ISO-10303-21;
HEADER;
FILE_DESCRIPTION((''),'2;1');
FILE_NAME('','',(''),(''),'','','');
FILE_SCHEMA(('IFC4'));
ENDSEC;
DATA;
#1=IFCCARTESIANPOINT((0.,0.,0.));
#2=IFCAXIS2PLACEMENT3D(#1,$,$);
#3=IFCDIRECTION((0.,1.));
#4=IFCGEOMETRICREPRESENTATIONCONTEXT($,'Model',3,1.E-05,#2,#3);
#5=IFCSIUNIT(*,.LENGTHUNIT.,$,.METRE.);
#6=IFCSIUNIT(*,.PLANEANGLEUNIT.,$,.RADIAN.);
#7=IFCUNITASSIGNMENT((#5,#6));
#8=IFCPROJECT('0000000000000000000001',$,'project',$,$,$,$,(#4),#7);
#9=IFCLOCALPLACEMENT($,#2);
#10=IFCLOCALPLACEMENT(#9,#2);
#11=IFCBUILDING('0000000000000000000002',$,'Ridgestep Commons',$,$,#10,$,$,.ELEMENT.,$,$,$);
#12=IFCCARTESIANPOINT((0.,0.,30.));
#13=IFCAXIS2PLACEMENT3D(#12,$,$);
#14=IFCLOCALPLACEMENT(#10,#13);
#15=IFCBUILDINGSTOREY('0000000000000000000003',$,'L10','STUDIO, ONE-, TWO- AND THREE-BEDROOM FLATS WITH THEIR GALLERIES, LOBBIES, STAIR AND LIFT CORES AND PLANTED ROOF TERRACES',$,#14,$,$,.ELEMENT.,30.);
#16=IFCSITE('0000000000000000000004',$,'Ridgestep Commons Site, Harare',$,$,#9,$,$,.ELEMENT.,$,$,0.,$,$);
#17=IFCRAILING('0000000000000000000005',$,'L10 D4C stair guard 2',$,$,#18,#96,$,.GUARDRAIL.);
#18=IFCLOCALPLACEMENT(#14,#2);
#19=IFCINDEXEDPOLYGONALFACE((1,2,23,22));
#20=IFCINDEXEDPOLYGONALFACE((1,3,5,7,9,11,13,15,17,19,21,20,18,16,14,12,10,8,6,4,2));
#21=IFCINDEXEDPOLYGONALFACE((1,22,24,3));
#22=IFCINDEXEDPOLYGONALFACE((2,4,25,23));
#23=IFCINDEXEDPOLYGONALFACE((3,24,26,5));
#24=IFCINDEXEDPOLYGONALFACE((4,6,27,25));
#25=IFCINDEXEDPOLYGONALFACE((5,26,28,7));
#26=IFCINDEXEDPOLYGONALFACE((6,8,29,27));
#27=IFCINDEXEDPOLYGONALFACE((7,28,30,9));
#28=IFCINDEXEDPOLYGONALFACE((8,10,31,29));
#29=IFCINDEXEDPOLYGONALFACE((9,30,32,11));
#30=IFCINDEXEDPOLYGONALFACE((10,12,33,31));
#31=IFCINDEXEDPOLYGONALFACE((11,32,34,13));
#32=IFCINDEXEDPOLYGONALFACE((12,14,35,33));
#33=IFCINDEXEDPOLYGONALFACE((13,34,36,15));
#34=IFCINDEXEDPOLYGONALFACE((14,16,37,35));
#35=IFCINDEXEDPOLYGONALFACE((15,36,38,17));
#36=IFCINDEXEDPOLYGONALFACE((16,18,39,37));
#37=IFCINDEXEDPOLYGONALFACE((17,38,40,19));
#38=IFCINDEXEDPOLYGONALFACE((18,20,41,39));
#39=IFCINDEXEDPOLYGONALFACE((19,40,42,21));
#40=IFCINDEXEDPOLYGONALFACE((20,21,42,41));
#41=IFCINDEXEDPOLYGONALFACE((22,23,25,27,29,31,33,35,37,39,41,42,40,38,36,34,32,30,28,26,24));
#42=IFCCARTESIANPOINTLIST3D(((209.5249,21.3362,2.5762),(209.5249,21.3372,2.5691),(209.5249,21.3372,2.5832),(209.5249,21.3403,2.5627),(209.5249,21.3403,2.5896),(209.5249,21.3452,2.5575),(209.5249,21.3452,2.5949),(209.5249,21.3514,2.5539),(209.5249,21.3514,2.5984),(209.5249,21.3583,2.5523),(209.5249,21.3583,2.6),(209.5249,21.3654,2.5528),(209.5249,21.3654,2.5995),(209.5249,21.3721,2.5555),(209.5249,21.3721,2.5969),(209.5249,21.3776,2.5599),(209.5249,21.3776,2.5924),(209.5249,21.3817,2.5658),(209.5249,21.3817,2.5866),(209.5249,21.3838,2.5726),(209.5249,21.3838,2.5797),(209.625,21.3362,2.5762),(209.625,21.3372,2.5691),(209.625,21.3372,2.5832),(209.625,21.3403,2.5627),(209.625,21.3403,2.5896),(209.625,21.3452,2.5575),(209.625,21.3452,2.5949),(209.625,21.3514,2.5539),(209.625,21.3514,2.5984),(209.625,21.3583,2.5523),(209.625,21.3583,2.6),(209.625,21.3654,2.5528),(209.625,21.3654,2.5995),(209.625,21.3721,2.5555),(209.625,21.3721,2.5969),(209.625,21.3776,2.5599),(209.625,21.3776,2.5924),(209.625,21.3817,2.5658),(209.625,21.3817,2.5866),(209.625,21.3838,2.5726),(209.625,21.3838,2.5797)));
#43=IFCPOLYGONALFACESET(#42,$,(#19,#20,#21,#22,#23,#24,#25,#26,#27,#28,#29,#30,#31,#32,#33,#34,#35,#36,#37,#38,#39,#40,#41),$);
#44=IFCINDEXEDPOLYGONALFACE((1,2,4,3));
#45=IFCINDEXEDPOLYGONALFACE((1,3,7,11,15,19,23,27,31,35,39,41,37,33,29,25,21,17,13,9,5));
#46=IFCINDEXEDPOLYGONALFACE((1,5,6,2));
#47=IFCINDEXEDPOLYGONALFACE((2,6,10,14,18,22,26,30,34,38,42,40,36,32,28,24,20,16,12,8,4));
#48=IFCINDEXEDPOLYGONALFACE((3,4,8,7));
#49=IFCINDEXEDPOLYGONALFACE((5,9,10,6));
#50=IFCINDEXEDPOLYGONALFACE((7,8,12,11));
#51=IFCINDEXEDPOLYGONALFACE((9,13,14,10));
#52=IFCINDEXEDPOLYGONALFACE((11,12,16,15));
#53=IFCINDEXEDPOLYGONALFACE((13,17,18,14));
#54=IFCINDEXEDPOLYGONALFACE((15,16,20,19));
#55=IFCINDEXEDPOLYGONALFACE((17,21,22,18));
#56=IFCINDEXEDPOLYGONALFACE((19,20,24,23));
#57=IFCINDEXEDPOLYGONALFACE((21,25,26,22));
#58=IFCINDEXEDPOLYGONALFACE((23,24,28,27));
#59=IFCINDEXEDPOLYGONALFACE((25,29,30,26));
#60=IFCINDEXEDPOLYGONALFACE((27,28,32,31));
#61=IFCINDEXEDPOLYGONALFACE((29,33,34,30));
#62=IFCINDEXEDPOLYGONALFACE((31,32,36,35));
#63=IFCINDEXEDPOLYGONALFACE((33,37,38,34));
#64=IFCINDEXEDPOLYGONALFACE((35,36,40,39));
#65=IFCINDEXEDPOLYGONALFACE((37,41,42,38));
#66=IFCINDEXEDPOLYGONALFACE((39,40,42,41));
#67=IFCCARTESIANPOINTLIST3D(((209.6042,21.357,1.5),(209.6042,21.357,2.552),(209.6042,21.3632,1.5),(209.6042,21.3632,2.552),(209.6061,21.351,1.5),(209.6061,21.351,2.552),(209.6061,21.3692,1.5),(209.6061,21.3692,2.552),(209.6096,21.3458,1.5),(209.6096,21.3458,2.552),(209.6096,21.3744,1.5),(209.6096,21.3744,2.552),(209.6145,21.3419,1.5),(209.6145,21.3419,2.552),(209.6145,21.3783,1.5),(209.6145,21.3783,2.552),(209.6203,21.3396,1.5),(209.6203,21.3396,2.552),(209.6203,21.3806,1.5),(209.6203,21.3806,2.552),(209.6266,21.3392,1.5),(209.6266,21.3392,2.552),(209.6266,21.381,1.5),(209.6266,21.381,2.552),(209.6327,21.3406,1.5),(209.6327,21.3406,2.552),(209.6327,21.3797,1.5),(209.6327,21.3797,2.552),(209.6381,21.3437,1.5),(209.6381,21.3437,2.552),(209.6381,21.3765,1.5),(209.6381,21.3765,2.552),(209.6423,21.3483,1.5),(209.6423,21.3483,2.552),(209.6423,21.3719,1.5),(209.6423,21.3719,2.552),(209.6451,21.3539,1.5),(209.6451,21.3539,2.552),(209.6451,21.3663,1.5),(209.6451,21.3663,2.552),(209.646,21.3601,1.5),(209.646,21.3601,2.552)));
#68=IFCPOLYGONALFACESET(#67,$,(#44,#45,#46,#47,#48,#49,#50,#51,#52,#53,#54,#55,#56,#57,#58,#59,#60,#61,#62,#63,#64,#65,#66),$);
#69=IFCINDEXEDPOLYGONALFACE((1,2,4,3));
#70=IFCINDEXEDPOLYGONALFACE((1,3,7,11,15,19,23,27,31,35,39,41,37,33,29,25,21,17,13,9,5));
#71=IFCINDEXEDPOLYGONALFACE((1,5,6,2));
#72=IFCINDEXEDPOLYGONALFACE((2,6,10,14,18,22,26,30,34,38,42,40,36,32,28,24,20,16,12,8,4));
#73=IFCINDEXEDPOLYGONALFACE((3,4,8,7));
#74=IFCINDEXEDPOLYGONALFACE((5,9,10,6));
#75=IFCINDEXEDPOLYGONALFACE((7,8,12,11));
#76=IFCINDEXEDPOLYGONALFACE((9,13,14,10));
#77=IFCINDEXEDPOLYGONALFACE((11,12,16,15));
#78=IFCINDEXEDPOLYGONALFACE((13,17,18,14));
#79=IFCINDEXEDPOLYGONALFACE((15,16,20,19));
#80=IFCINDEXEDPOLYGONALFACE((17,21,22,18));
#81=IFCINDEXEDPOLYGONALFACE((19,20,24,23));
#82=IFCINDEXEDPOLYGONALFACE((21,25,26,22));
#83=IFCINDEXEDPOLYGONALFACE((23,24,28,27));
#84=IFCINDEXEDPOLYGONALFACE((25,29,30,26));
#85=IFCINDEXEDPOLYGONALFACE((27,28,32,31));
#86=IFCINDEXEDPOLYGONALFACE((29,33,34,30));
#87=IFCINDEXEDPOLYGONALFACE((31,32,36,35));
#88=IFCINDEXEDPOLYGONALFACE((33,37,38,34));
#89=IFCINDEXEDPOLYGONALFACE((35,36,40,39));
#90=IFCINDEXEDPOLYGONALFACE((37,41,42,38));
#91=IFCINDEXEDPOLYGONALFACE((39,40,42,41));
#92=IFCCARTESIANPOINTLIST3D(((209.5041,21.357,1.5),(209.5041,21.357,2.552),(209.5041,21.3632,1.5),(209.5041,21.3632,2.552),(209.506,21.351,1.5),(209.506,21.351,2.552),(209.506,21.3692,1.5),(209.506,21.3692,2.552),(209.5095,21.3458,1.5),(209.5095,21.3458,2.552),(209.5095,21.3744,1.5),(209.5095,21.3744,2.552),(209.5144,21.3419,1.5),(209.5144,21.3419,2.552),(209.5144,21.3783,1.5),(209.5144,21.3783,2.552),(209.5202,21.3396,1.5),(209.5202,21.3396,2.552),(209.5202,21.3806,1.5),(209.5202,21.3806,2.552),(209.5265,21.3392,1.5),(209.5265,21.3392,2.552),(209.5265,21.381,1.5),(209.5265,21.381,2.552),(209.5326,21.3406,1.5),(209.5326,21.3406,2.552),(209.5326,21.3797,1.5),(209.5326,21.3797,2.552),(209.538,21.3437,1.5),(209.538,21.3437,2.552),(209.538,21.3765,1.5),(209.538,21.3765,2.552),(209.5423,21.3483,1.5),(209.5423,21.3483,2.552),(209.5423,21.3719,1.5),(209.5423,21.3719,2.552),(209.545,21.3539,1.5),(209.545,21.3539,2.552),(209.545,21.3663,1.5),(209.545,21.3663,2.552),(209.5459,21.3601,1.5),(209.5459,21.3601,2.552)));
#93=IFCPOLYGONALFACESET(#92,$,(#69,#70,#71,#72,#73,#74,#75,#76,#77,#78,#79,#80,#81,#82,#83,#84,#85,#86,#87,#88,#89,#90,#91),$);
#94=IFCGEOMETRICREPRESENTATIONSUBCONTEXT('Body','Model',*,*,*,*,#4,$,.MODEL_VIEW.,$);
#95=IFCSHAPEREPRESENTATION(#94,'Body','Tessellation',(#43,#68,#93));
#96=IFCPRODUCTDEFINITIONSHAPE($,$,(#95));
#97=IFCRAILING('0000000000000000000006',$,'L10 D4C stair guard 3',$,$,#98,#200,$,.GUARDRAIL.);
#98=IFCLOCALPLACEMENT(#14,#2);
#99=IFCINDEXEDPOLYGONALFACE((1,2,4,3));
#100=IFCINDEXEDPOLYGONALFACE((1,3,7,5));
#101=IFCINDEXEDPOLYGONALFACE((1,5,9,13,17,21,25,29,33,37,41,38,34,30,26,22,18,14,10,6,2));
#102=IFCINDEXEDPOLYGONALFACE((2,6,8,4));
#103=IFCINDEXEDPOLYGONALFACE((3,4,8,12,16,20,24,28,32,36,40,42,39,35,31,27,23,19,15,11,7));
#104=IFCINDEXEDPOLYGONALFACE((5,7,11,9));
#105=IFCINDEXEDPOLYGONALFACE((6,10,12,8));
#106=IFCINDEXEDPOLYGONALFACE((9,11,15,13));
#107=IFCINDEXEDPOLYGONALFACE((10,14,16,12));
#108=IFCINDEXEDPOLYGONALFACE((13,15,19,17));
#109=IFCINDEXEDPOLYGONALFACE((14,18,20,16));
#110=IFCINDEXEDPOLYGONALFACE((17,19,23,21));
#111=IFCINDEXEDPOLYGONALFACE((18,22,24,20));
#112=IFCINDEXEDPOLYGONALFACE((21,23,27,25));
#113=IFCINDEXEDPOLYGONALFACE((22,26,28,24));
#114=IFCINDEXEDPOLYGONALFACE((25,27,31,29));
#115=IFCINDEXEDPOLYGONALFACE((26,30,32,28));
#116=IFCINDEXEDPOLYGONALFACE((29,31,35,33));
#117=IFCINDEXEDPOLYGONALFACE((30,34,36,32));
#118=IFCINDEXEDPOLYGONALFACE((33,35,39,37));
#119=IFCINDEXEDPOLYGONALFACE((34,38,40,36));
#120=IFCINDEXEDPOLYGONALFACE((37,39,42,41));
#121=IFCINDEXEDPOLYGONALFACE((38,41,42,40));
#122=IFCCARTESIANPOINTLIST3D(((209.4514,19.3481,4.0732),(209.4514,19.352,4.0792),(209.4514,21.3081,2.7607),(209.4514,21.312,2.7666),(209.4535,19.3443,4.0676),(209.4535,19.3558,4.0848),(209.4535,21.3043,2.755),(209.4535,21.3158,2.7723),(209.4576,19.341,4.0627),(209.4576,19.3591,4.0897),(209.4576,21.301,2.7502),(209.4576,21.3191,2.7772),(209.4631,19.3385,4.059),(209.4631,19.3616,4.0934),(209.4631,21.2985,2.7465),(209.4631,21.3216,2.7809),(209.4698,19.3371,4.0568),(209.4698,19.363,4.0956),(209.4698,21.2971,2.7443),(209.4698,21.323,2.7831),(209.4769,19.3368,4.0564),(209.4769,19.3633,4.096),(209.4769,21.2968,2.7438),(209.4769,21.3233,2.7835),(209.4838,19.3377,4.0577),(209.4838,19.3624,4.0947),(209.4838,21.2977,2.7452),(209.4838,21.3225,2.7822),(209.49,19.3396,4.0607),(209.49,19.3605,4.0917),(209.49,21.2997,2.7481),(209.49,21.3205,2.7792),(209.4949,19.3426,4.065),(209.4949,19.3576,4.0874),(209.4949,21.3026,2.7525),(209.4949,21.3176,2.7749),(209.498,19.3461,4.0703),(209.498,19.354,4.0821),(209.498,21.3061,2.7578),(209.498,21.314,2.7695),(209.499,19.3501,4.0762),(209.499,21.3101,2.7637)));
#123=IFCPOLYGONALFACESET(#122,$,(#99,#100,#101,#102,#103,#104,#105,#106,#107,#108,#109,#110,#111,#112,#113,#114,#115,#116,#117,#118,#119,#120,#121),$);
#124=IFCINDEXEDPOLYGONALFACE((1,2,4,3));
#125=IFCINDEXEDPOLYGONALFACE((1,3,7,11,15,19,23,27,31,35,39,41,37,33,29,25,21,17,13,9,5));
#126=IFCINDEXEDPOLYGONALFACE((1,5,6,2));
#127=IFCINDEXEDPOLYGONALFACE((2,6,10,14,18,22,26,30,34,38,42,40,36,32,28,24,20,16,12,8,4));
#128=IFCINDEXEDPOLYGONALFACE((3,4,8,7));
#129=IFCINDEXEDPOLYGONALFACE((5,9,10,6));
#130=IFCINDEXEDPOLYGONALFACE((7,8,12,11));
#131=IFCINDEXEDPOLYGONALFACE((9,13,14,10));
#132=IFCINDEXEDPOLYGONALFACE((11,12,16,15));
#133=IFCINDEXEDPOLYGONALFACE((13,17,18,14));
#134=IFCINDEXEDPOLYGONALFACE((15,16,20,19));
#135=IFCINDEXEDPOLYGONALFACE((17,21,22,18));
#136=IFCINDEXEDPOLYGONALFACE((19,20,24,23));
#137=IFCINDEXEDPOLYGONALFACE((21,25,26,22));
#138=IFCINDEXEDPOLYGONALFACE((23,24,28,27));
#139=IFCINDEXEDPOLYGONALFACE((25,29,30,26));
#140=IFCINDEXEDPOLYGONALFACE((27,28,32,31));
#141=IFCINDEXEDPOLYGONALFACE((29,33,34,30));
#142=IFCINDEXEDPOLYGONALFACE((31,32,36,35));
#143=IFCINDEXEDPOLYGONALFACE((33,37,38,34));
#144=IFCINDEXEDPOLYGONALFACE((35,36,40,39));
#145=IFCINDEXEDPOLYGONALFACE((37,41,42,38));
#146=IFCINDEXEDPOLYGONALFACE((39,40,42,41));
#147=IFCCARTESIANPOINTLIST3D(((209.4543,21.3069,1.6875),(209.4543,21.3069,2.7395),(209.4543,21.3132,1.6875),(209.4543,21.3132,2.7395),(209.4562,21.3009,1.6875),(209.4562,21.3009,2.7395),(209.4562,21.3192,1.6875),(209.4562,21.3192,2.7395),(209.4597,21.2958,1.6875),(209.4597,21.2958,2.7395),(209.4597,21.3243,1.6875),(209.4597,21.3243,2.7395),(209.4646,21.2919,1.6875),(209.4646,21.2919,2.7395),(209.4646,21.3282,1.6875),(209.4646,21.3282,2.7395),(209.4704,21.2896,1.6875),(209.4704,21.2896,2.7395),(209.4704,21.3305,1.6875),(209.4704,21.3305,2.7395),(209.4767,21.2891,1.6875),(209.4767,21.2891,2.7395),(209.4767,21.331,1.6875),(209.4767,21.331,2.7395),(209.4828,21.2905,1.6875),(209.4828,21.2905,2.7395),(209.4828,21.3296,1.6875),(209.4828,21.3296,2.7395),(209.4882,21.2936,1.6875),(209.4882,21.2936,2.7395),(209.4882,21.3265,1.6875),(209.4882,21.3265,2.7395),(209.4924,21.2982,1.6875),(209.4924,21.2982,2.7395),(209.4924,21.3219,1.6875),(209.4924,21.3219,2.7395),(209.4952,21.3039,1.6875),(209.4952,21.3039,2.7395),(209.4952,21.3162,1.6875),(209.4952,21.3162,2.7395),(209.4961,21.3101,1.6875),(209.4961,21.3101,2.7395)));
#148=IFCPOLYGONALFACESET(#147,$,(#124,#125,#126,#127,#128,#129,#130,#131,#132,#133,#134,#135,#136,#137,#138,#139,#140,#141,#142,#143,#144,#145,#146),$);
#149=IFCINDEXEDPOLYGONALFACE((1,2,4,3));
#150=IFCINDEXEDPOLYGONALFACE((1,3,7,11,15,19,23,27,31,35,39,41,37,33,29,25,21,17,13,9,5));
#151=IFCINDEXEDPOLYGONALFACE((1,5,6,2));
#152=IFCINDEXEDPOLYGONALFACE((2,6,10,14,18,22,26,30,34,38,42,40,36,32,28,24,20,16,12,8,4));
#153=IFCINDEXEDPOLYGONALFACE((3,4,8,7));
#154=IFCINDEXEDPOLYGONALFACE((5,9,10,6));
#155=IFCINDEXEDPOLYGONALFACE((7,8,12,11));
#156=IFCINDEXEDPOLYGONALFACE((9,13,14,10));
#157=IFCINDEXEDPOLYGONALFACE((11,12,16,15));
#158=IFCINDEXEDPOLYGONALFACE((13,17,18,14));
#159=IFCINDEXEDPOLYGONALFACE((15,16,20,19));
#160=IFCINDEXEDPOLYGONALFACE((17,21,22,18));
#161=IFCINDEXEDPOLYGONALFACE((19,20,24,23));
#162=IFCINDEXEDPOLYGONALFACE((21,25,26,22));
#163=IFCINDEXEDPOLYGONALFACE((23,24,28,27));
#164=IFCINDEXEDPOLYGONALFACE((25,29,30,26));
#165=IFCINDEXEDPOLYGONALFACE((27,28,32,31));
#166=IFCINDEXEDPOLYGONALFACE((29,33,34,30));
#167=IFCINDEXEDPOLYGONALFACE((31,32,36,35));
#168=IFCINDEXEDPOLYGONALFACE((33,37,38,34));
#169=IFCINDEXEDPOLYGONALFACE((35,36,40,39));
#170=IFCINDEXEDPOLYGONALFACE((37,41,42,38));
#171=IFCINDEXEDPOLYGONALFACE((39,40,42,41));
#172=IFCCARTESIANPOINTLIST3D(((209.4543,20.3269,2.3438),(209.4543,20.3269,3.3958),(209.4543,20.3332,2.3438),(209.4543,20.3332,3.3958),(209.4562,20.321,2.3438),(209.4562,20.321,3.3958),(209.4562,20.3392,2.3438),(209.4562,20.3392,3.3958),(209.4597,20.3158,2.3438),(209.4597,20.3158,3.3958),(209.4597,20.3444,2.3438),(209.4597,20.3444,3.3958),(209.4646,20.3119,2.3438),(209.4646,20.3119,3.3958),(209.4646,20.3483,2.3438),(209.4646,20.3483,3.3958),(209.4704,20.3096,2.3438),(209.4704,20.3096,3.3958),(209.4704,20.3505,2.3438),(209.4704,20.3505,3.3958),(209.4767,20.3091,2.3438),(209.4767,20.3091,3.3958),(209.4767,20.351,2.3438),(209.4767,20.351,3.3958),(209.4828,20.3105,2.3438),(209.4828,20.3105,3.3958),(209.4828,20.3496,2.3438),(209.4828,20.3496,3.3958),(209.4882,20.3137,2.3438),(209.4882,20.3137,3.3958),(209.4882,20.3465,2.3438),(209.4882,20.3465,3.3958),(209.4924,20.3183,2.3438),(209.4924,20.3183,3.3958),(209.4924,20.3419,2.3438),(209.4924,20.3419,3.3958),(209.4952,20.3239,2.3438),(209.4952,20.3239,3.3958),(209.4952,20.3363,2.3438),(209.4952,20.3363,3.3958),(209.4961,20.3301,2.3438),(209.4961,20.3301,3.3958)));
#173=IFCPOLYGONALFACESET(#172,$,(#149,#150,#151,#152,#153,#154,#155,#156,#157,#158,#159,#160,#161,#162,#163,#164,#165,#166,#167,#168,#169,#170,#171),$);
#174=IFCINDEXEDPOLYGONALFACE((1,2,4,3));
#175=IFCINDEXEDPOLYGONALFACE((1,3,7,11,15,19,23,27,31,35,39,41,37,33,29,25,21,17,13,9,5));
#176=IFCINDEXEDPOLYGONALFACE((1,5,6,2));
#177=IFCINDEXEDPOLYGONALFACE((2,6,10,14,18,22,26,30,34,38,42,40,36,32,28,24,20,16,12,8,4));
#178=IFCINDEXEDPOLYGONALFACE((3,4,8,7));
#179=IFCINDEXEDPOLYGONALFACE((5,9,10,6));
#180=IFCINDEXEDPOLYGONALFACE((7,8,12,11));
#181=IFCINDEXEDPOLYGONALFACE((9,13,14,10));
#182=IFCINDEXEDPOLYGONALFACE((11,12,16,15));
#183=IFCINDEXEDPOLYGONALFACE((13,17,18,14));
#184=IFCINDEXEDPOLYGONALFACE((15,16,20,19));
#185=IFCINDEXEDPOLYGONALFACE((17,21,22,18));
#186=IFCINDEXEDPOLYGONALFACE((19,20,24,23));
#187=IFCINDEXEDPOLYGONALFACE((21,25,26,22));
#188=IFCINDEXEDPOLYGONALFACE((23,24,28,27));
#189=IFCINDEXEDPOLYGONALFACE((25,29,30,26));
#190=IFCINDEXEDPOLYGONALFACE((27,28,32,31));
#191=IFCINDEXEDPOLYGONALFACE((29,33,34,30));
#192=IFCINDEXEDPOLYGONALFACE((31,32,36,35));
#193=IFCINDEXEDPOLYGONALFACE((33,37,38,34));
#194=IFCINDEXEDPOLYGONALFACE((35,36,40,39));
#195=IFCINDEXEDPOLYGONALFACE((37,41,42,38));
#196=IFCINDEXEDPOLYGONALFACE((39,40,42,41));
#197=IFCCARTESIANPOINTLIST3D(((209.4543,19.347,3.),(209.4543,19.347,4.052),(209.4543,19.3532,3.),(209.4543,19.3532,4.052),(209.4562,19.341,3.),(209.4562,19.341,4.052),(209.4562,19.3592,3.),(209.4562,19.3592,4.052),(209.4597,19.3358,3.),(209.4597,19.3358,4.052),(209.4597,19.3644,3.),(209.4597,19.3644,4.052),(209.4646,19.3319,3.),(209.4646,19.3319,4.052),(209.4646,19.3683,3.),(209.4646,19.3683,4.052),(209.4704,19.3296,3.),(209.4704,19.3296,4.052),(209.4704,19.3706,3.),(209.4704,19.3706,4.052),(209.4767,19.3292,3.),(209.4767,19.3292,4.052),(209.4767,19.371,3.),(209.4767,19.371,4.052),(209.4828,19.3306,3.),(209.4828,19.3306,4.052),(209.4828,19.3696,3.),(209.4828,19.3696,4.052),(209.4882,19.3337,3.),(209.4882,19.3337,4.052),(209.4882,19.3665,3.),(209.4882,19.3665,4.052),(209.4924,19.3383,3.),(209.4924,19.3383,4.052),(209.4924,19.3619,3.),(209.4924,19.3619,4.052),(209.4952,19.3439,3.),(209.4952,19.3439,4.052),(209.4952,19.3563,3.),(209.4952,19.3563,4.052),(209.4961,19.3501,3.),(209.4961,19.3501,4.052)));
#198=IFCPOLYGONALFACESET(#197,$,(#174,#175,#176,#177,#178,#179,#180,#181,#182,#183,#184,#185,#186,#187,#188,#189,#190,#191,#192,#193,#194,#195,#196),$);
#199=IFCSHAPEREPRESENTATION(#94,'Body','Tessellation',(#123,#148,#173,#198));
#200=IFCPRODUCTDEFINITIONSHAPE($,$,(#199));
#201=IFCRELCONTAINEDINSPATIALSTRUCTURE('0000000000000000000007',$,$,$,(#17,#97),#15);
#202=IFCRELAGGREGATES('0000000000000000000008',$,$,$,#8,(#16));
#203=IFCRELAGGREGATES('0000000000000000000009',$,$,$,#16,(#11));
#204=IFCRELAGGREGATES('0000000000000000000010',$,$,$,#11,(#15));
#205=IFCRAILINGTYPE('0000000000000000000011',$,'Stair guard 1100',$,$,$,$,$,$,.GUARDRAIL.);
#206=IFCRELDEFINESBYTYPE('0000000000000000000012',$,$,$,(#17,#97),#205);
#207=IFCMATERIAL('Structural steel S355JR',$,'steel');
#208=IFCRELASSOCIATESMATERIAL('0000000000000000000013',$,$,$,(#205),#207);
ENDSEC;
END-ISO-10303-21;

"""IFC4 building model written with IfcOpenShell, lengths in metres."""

from ifc_helpers import new_model, si_unit, direction, frame, origin, origin_2d, place, context, subcontext, project, spatial, circle, extrude, material, type_object, element, save


model = new_model("IFC4")

# Units and contexts
model_context = context("Model", 3, precision=1e-05, world=origin(), true_north=direction((0.0, 1.0)))
body_context = subcontext(model_context, "Body", "Model", "MODEL_VIEW")
ifc_project = project(units=[si_unit("LENGTHUNIT", "METRE"), si_unit("PLANEANGLEUNIT", "RADIAN")], contexts=[model_context])

# Site, building, storey
site_placement = place(None, origin())
site = spatial("IfcSite", under=ifc_project, at=site_placement, Name="Ridgestep Commons Site, Harare", CompositionType="ELEMENT", RefElevation=0.0)
building_placement = place(site_placement, origin())
building = spatial("IfcBuilding", under=site, at=building_placement, Name="Ridgestep Commons", CompositionType="ELEMENT")
storey_placement = place(building_placement, frame((0.0, 0.0, 30.0)))
storey = spatial("IfcBuildingStorey", under=building, at=storey_placement, Name="L10", Description="STUDIO, ONE-, TWO- AND THREE-BEDROOM FLATS WITH THEIR GALLERIES, LOBBIES, STAIR AND LIFT CORES AND PLANTED ROOF TERRACES", CompositionType="ELEMENT", Elevation=30.0)

# Railings
ifc_material_1 = material(Name="Structural steel S355JR", Category="steel")
railing_type_1 = type_object("IfcRailingType", Name="Stair guard 1100", PredefinedType="GUARDRAIL", material=ifc_material_1)
railing_1_placement = place(storey_placement, frame((209.625, 21.3601, 1.5)))
element("IfcRailing", 1, at=railing_1_placement, inside=storey, type_object=railing_type_1, Name="L10 D4C stair guard 2", PredefinedType="GUARDRAIL", context=body_context, shape_type="SweptSolid", body=[
    extrude(circle(Radius=0.0239, at=origin_2d()), frame((0.0, 0.0, 1.0762), z_axis=(-1.0, 0.0, 0.0), x_axis=(0.0, -1.0, 0.0)), (0.0, 0.0, 1.0), 0.1001),
    extrude(circle(Radius=0.021, at=origin_2d()), origin(), (0.0, 0.0, 1.0), 1.052),
    extrude(circle(Radius=0.021, at=origin_2d()), frame((-0.1001, 0.0, 0.0)), (0.0, 0.0, 1.0), 1.052),
])
railing_2_placement = place(storey_placement, frame((209.4751, 21.3101, 1.6875)))
element("IfcRailing", 2, at=railing_2_placement, inside=storey, type_object=railing_type_1, Name="L10 D4C stair guard 3", PredefinedType="GUARDRAIL", context=body_context, shape_type="SweptSolid", body=[
    extrude(circle(Radius=0.0239, at=origin_2d()), frame((0.0, 0.0, 1.0762), z_axis=(0.0, -0.830902, 0.556419), x_axis=(1.0, 0.0, 0.0)), (0.0, 0.0, 1.0), 2.3589),
    extrude(circle(Radius=0.021, at=origin_2d()), origin(), (0.0, 0.0, 1.0), 1.052),
    extrude(circle(Radius=0.021, at=origin_2d()), frame((0.0, -0.98, 0.6562)), (0.0, 0.0, 1.0), 1.052),
    extrude(circle(Radius=0.021, at=origin_2d()), frame((0.0, -1.96, 1.3125)), (0.0, 0.0, 1.0), 1.052),
])

save(model, "model.ifc")
